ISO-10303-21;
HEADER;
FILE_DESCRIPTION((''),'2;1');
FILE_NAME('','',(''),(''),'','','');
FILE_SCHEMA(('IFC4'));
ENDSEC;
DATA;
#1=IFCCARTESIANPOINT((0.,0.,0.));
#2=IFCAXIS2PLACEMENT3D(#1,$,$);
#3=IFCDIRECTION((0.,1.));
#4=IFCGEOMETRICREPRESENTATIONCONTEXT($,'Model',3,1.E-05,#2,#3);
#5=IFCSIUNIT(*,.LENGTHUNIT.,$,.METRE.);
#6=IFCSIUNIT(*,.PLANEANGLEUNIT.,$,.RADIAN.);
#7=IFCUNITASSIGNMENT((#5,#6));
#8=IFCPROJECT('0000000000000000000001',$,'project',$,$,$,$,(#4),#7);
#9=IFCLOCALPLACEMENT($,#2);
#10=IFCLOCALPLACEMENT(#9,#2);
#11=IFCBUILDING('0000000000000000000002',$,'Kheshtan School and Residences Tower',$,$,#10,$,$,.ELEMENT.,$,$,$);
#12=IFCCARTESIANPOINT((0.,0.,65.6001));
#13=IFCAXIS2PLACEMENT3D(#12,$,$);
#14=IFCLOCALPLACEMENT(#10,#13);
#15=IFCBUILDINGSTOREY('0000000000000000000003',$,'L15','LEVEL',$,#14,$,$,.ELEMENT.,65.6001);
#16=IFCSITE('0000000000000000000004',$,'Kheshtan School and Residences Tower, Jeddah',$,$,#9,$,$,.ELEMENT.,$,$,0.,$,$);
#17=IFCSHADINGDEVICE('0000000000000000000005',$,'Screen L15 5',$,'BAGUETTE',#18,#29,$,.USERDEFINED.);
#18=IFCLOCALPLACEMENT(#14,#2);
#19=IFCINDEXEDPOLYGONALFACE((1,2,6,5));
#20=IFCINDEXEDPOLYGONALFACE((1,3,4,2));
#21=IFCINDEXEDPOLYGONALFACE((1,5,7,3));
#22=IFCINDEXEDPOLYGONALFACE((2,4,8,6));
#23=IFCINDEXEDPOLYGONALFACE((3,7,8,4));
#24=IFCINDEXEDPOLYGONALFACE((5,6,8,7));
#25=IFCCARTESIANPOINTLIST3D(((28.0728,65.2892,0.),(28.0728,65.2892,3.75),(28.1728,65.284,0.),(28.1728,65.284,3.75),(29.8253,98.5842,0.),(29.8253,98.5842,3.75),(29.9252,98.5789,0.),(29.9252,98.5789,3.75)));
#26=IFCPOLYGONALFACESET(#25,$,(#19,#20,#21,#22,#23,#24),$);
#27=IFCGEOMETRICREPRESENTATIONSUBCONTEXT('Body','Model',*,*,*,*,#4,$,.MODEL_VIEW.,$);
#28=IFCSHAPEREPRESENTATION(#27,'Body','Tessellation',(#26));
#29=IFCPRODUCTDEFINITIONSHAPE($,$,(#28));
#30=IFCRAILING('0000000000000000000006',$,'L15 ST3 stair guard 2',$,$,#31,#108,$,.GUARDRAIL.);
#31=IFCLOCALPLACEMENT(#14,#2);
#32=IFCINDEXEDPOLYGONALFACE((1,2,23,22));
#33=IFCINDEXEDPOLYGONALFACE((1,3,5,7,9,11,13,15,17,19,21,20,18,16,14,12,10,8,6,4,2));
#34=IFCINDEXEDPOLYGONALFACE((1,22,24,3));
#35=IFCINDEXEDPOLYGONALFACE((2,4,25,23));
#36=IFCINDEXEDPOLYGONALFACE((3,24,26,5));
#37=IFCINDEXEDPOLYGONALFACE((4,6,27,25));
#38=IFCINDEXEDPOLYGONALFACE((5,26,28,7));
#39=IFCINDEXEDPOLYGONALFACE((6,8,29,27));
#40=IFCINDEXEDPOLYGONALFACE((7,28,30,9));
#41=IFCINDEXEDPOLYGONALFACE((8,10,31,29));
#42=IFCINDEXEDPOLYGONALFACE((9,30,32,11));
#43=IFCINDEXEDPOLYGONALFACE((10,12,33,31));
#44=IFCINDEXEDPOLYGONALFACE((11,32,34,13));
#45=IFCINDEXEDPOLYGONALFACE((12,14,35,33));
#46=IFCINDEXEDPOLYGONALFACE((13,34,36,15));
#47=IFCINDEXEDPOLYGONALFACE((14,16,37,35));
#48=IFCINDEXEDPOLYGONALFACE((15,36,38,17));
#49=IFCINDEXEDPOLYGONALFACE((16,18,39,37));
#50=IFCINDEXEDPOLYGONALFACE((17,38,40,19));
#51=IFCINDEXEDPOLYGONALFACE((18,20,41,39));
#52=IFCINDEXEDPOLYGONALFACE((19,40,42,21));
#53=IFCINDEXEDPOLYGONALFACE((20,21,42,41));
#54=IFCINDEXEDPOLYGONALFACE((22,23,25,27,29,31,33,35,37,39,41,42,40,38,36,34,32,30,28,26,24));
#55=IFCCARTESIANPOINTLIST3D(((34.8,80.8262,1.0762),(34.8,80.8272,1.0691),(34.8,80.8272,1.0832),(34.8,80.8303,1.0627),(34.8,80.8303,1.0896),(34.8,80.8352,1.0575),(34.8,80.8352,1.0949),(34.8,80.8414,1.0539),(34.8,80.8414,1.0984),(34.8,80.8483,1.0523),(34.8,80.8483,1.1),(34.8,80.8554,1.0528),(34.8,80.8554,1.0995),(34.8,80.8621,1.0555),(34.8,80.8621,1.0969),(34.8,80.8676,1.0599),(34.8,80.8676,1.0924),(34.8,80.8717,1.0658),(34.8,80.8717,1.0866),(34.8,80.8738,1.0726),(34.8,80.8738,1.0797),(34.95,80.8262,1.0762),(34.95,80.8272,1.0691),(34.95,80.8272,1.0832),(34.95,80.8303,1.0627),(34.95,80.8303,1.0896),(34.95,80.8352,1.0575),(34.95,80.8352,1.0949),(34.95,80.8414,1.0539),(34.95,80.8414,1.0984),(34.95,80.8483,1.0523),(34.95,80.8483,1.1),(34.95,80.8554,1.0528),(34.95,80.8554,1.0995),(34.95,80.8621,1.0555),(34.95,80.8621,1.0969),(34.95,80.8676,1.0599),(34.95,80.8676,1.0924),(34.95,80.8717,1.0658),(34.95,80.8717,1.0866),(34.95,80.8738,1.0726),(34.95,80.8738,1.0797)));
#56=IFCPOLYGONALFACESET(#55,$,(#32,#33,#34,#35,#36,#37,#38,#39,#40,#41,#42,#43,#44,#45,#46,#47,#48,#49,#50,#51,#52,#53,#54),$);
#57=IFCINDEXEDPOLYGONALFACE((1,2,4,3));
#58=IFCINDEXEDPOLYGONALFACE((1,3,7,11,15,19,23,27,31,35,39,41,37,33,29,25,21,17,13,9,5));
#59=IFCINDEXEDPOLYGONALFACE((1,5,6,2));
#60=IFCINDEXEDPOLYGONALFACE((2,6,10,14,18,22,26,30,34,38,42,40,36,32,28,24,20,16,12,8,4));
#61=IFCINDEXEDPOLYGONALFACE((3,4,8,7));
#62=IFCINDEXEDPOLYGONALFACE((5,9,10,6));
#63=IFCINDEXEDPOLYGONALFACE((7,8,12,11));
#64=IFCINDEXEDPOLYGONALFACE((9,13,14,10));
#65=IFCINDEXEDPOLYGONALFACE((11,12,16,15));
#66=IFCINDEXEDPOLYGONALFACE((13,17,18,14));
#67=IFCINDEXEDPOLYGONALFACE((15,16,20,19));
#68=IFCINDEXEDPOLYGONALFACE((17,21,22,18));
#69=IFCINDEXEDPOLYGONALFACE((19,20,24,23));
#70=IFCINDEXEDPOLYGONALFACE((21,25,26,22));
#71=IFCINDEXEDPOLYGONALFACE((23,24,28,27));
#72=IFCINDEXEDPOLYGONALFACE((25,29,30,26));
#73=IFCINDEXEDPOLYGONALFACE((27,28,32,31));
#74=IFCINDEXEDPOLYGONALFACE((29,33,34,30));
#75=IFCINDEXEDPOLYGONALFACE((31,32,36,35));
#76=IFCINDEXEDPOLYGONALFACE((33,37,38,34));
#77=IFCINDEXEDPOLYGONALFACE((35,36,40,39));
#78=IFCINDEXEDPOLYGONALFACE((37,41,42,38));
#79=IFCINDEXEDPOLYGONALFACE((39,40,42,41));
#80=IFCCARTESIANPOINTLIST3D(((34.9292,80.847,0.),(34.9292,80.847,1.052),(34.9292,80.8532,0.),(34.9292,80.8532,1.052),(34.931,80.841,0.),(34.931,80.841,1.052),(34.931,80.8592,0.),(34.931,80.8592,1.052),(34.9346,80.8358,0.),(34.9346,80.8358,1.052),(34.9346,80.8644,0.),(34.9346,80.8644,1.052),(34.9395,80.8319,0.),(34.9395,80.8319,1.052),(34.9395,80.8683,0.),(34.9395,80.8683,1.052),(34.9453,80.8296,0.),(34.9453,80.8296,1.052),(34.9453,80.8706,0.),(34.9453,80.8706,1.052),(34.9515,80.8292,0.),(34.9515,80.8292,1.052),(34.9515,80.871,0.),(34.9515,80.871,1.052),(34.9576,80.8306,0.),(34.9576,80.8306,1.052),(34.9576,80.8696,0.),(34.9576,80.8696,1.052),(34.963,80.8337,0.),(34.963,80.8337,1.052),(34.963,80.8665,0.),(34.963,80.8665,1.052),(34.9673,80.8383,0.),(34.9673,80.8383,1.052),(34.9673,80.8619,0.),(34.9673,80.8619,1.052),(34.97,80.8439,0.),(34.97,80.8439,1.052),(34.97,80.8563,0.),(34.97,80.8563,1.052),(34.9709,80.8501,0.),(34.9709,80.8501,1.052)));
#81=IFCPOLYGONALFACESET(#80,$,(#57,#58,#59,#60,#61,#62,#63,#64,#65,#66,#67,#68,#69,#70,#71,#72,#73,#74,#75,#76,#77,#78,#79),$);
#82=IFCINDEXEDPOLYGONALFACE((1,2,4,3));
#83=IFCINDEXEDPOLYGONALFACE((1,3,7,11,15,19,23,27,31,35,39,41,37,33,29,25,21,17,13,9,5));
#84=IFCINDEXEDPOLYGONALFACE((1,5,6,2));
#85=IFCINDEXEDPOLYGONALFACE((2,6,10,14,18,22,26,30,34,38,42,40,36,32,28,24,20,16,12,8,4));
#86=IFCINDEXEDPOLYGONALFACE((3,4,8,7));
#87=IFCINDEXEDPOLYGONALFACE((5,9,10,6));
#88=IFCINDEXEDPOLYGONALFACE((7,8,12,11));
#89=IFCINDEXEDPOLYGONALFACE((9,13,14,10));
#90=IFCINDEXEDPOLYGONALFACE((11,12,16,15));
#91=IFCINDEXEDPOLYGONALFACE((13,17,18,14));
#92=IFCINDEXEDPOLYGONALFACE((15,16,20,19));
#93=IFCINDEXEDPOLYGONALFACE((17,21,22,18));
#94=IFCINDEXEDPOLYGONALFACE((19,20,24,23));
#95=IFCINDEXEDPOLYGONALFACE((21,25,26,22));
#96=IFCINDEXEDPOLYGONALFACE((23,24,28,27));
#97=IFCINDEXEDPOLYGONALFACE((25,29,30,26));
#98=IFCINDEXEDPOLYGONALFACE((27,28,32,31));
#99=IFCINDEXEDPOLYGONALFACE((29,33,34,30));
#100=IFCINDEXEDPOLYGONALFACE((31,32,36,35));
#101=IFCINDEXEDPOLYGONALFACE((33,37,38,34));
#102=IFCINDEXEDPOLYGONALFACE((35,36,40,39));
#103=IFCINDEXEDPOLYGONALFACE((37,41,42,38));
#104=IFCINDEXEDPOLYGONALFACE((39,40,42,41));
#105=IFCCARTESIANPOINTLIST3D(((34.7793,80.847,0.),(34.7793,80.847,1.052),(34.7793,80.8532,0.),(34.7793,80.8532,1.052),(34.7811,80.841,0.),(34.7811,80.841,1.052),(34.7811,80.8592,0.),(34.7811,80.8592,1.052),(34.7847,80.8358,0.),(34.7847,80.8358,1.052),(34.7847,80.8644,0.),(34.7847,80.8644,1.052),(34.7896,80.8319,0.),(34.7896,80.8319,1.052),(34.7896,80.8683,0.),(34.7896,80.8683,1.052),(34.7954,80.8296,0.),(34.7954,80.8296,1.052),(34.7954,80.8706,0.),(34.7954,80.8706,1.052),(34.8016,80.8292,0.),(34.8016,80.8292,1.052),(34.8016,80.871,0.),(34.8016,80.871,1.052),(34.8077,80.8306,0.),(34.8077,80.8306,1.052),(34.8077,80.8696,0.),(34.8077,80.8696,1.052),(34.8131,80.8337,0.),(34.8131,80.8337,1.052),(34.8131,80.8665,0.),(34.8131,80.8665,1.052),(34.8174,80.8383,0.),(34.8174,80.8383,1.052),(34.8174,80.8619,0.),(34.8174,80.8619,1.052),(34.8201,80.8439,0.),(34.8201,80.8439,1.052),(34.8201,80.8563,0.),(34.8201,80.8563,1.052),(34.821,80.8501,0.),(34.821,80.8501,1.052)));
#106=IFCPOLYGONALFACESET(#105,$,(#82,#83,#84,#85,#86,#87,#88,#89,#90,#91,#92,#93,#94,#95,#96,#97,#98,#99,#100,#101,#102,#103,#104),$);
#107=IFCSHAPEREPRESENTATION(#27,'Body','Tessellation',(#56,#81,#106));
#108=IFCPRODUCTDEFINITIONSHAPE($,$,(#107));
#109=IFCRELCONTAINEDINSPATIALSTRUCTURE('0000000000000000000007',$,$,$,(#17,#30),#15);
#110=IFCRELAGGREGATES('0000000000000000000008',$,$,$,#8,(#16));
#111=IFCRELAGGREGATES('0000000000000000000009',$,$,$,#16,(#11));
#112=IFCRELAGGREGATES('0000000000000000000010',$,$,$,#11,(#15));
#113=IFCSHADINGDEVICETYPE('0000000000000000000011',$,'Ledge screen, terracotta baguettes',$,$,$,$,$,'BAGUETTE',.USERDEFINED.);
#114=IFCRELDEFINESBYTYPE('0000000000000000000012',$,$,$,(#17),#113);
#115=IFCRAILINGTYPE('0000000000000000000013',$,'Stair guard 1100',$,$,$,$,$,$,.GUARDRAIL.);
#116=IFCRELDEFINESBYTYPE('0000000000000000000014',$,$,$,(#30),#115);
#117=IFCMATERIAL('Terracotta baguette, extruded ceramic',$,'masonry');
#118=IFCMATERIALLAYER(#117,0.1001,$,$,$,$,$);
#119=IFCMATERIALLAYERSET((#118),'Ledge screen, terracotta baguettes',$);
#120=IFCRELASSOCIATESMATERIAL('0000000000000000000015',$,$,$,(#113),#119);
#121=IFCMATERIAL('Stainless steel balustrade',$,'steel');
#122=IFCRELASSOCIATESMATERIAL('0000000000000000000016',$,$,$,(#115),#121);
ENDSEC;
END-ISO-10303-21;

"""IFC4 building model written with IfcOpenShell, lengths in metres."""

from ifc_helpers import new_model, si_unit, direction, frame, origin, origin_2d, place, context, subcontext, project, spatial, rectangle, circle, extrude, material, layer, layer_set, type_object, element, save


model = new_model("IFC4")

# Units and contexts
model_context = context("Model", 3, precision=1e-05, world=origin(), true_north=direction((0.0, 1.0)))
body_context = subcontext(model_context, "Body", "Model", "MODEL_VIEW")
ifc_project = project(units=[si_unit("LENGTHUNIT", "METRE"), si_unit("PLANEANGLEUNIT", "RADIAN")], contexts=[model_context])

# Site, building, storey
site_placement = place(None, origin())
site = spatial("IfcSite", under=ifc_project, at=site_placement, Name="Kheshtan School and Residences Tower, Jeddah", CompositionType="ELEMENT", RefElevation=0.0)
building_placement = place(site_placement, origin())
building = spatial("IfcBuilding", under=site, at=building_placement, Name="Kheshtan School and Residences Tower", CompositionType="ELEMENT")
storey_placement = place(building_placement, frame((0.0, 0.0, 65.6001)))
storey = spatial("IfcBuildingStorey", under=building, at=storey_placement, Name="L15", Description="LEVEL", CompositionType="ELEMENT", Elevation=65.6001)

# Shading device
ifc_material_1 = material(Name="Terracotta baguette, extruded ceramic", Category="masonry")
ifc_layer_1 = layer(ifc_material_1, 0.1001)
ifc_layer_set_1 = layer_set([ifc_layer_1], Name="Ledge screen, terracotta baguettes")
shading_device_type = type_object("IfcShadingDeviceType", Name="Ledge screen, terracotta baguettes", ElementType="BAGUETTE", PredefinedType="USERDEFINED", material=ifc_layer_set_1)
shading_device_placement = place(storey_placement, frame((28.999, 81.9341, 0.0), z_axis=(0.0, 0.0, 1.0), x_axis=(0.052563, 0.998618, 0.0)))
element("IfcShadingDevice", 1, at=shading_device_placement, inside=storey, type_object=shading_device_type, Name="Screen L15 5", ObjectType="BAGUETTE", PredefinedType="USERDEFINED", context=body_context, shape_type="SweptSolid", body=[
    extrude(rectangle(XDim=33.3411, YDim=0.1001, at=origin_2d()), origin(), (0.0, 0.0, 1.0), 3.75),
])

# Railing
ifc_material_2 = material(Name="Stainless steel balustrade", Category="steel")
railing_type_1 = type_object("IfcRailingType", Name="Stair guard 1100", PredefinedType="GUARDRAIL", material=ifc_material_2)
railing_1_placement = place(storey_placement, frame((34.95, 80.8501, 0.0)))
element("IfcRailing", 2, at=railing_1_placement, inside=storey, type_object=railing_type_1, Name="L15 ST3 stair guard 2", PredefinedType="GUARDRAIL", context=body_context, shape_type="SweptSolid", body=[
    extrude(circle(Radius=0.0239, at=origin_2d()), frame((0.0, 0.0, 1.0762), z_axis=(-1.0, 0.0, 0.0), x_axis=(0.0, -1.0, 0.0)), (0.0, 0.0, 1.0), 0.1499),
    extrude(circle(Radius=0.021, at=origin_2d()), origin(), (0.0, 0.0, 1.0), 1.052),
    extrude(circle(Radius=0.021, at=origin_2d()), frame((-0.1499, 0.0, 0.0)), (0.0, 0.0, 1.0), 1.052),
])

save(model, "model.ifc")
